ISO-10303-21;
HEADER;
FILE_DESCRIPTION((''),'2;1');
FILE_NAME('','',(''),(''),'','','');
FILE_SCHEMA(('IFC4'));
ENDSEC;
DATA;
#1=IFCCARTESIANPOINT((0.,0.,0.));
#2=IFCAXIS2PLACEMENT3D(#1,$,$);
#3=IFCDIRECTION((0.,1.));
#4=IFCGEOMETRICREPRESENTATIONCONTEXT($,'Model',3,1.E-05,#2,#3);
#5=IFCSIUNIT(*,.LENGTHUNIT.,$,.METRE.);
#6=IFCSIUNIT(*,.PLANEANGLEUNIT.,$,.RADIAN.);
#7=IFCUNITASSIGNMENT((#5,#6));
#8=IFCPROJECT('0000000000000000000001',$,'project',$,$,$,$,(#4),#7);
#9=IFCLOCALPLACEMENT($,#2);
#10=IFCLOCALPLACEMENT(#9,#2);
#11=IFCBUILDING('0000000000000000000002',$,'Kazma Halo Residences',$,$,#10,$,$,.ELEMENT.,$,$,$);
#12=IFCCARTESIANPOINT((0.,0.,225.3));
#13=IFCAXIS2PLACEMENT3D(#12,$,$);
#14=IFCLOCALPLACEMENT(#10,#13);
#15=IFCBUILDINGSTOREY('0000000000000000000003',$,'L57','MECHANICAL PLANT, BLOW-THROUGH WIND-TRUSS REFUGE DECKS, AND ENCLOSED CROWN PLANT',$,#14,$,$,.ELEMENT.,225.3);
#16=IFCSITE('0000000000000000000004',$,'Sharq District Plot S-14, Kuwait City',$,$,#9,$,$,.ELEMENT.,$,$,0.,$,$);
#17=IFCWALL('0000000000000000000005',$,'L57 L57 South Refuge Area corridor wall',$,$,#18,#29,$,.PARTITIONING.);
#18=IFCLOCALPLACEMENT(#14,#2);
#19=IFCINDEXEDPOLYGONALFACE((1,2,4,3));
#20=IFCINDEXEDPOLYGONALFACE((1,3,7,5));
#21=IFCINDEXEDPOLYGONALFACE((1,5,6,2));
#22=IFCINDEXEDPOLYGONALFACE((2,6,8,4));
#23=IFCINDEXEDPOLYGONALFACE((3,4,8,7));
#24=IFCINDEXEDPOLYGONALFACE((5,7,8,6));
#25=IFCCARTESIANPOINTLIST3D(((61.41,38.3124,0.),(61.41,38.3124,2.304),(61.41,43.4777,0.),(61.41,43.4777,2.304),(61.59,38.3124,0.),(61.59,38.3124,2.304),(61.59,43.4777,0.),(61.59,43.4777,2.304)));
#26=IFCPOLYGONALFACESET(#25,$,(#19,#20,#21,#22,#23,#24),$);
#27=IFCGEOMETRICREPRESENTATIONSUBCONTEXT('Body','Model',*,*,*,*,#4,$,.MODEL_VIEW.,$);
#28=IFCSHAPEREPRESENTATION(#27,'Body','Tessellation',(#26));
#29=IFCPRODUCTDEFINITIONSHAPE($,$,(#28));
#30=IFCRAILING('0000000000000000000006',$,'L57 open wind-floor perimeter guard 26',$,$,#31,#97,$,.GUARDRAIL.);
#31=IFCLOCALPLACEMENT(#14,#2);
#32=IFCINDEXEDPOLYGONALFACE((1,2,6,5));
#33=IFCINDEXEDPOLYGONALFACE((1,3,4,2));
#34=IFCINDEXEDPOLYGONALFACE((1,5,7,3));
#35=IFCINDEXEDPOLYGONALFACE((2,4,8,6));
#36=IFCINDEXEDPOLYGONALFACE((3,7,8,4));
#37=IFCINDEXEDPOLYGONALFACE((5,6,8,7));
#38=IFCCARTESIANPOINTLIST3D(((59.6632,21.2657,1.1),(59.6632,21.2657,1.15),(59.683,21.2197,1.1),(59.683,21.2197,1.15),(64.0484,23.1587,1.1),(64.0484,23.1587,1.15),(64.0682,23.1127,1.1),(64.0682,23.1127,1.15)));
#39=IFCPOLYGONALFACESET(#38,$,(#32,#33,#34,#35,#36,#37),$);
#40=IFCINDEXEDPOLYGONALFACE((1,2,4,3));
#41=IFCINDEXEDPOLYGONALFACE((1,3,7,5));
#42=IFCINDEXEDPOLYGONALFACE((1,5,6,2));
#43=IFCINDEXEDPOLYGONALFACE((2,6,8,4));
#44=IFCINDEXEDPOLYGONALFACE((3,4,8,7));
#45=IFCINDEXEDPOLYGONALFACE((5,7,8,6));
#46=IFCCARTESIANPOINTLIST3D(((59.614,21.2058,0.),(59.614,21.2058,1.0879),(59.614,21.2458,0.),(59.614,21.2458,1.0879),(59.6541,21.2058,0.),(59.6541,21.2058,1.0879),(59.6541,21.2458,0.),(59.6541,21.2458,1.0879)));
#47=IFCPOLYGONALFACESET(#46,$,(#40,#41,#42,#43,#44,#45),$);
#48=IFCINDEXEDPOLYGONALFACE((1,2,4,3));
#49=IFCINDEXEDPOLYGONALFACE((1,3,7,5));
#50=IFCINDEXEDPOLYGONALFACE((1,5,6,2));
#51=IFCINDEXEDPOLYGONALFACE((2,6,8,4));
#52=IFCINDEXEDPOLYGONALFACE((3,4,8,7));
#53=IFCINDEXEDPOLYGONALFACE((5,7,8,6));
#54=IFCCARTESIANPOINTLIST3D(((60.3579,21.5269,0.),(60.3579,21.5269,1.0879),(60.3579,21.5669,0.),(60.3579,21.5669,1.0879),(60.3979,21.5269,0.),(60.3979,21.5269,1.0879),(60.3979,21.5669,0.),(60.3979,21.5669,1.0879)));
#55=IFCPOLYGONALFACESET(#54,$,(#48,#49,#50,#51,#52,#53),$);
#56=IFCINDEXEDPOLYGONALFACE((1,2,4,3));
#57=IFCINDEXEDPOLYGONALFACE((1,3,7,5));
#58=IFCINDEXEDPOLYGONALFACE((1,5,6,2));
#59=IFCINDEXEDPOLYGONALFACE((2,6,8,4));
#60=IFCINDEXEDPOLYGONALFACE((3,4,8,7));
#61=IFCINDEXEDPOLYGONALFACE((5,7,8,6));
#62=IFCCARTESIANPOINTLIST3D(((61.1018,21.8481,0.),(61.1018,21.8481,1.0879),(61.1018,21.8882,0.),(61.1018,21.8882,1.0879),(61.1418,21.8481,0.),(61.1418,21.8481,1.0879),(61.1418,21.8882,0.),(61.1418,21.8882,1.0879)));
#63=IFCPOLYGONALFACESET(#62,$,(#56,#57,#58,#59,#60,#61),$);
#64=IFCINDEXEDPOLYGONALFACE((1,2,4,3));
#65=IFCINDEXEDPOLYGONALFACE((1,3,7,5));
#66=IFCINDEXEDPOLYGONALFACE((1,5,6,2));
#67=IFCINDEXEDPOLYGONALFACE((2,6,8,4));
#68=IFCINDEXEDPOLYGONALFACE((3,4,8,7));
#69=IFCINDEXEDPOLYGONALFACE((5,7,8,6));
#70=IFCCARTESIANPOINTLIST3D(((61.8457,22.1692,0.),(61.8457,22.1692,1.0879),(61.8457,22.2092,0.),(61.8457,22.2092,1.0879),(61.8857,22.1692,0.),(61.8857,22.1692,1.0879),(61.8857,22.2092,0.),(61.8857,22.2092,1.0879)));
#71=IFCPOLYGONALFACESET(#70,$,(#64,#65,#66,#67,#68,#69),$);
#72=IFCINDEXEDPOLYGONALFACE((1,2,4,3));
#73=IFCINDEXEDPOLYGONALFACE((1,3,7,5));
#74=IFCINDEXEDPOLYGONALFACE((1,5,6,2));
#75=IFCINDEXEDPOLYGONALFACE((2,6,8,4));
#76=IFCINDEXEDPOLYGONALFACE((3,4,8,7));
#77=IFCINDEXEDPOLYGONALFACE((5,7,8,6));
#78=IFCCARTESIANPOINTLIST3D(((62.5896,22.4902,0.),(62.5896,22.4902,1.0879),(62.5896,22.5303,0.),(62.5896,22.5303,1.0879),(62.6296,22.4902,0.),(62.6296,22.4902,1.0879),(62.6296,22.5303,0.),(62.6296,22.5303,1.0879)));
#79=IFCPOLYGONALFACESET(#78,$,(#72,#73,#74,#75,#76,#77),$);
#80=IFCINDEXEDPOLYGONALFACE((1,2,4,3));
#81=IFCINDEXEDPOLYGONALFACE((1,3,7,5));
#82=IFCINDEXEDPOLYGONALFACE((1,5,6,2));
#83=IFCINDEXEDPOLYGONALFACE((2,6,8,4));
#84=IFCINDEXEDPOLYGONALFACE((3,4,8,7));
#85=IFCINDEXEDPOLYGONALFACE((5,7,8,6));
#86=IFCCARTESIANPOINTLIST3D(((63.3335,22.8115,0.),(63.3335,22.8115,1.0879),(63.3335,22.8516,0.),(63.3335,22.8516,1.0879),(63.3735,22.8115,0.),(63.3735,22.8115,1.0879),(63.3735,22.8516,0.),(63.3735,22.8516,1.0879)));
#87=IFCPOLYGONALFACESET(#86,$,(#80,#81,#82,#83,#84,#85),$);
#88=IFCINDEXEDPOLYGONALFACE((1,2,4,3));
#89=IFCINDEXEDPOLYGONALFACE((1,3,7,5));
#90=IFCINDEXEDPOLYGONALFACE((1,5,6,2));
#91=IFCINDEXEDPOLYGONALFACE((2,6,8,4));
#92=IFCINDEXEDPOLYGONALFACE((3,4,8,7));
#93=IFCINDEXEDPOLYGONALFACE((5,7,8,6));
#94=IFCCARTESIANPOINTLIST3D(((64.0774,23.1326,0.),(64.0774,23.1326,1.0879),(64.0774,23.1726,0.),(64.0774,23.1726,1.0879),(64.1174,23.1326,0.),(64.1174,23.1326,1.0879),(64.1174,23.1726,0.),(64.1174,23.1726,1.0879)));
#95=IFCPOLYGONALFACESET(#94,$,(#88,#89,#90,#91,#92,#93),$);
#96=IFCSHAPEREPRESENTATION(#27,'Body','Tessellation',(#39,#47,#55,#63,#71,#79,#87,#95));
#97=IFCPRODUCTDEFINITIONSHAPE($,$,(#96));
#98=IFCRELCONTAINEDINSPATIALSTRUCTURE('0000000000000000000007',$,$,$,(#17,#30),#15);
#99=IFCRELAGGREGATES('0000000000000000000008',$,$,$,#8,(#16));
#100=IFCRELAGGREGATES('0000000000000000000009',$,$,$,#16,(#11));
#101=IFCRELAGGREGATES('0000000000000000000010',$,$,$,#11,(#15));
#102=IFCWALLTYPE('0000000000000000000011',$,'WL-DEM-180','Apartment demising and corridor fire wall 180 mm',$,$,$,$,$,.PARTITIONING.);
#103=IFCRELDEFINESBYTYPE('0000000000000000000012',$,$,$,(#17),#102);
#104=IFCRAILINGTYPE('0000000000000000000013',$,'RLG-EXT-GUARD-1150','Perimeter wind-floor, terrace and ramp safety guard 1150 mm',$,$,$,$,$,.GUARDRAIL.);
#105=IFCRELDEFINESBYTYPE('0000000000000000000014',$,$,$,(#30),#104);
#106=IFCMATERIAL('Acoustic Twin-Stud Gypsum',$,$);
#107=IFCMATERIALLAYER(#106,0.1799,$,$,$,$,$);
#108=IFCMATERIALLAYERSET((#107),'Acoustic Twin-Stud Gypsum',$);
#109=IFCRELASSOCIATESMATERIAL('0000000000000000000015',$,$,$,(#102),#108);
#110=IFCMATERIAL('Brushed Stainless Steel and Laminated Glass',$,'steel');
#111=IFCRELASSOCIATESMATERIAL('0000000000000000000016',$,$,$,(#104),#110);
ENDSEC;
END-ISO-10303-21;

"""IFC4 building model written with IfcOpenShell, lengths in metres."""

from ifc_helpers import new_model, si_unit, direction, frame, frame_2d, origin, origin_2d, place, context, subcontext, project, spatial, rectangle, extrude, material, layer, layer_set, type_object, element, save


model = new_model("IFC4")

# Units and contexts
model_context = context("Model", 3, precision=1e-05, world=origin(), true_north=direction((0.0, 1.0)))
body_context = subcontext(model_context, "Body", "Model", "MODEL_VIEW")
ifc_project = project(units=[si_unit("LENGTHUNIT", "METRE"), si_unit("PLANEANGLEUNIT", "RADIAN")], contexts=[model_context])

# Site, building, storey
site_placement = place(None, origin())
site = spatial("IfcSite", under=ifc_project, at=site_placement, Name="Sharq District Plot S-14, Kuwait City", CompositionType="ELEMENT", RefElevation=0.0)
building_placement = place(site_placement, origin())
building = spatial("IfcBuilding", under=site, at=building_placement, Name="Kazma Halo Residences", CompositionType="ELEMENT")
storey_placement = place(building_placement, frame((0.0, 0.0, 225.3)))
storey = spatial("IfcBuildingStorey", under=building, at=storey_placement, Name="L57", Description="MECHANICAL PLANT, BLOW-THROUGH WIND-TRUSS REFUGE DECKS, AND ENCLOSED CROWN PLANT", CompositionType="ELEMENT", Elevation=225.3)

# Shared definitions
ifc_material_1 = material(Name="Acoustic Twin-Stud Gypsum")
ifc_layer_1 = layer(ifc_material_1, 0.1799)
ifc_layer_set_1 = layer_set([ifc_layer_1], Name="Acoustic Twin-Stud Gypsum")
wall_type_1 = type_object("IfcWallType", Name="WL-DEM-180", Description="Apartment demising and corridor fire wall 180 mm", PredefinedType="PARTITIONING", material=ifc_layer_set_1)

# Wall
wall_1_placement = place(storey_placement, frame((61.5, 38.3125, 0.0), z_axis=(0.0, 0.0, 1.0), x_axis=(0.0, 1.0, 0.0)))
element("IfcWall", 1, at=wall_1_placement, inside=storey, type_object=wall_type_1, Name="L57 L57 South Refuge Area corridor wall", PredefinedType="PARTITIONING", context=body_context, shape_type="SweptSolid", body=[
    extrude(rectangle(XDim=5.1653, YDim=0.1799, at=frame_2d((2.5825, 0.0))), origin(), (0.0, 0.0, 1.0), 2.304),
])

# Railing
ifc_material_2 = material(Name="Brushed Stainless Steel and Laminated Glass", Category="steel")
railing_type = type_object("IfcRailingType", Name="RLG-EXT-GUARD-1150", Description="Perimeter wind-floor, terrace and ramp safety guard 1150 mm", PredefinedType="GUARDRAIL", material=ifc_material_2)
railing_placement = place(storey_placement, frame((59.634, 21.2258, 0.0)))
element("IfcRailing", 2, at=railing_placement, inside=storey, type_object=railing_type, Name="L57 open wind-floor perimeter guard 26", PredefinedType="GUARDRAIL", context=body_context, shape_type="SweptSolid", body=[
    extrude(rectangle(XDim=0.05, YDim=0.05, at=origin_2d()), frame((0.0391, 0.0168, 1.125), z_axis=(0.918108, 0.39633, 0.0), x_axis=(-0.39633, 0.918108, 0.0)), (0.0, 0.0, 1.0), 4.7764),
    extrude(rectangle(XDim=0.04, YDim=0.04, at=origin_2d()), origin(), (0.0, 0.0, 1.0), 1.0879),
    extrude(rectangle(XDim=0.04, YDim=0.04, at=origin_2d()), frame((0.7439, 0.321, 0.0)), (0.0, 0.0, 1.0), 1.0879),
    extrude(rectangle(XDim=0.04, YDim=0.04, at=origin_2d()), frame((1.4878, 0.6423, 0.0)), (0.0, 0.0, 1.0), 1.0879),
    extrude(rectangle(XDim=0.04, YDim=0.04, at=origin_2d()), frame((2.2317, 0.9634, 0.0)), (0.0, 0.0, 1.0), 1.0879),
    extrude(rectangle(XDim=0.04, YDim=0.04, at=origin_2d()), frame((2.9756, 1.2844, 0.0)), (0.0, 0.0, 1.0), 1.0879),
    extrude(rectangle(XDim=0.04, YDim=0.04, at=origin_2d()), frame((3.7195, 1.6057, 0.0)), (0.0, 0.0, 1.0), 1.0879),
    extrude(rectangle(XDim=0.04, YDim=0.04, at=origin_2d()), frame((4.4634, 1.9268, 0.0)), (0.0, 0.0, 1.0), 1.0879),
])

save(model, "model.ifc")
